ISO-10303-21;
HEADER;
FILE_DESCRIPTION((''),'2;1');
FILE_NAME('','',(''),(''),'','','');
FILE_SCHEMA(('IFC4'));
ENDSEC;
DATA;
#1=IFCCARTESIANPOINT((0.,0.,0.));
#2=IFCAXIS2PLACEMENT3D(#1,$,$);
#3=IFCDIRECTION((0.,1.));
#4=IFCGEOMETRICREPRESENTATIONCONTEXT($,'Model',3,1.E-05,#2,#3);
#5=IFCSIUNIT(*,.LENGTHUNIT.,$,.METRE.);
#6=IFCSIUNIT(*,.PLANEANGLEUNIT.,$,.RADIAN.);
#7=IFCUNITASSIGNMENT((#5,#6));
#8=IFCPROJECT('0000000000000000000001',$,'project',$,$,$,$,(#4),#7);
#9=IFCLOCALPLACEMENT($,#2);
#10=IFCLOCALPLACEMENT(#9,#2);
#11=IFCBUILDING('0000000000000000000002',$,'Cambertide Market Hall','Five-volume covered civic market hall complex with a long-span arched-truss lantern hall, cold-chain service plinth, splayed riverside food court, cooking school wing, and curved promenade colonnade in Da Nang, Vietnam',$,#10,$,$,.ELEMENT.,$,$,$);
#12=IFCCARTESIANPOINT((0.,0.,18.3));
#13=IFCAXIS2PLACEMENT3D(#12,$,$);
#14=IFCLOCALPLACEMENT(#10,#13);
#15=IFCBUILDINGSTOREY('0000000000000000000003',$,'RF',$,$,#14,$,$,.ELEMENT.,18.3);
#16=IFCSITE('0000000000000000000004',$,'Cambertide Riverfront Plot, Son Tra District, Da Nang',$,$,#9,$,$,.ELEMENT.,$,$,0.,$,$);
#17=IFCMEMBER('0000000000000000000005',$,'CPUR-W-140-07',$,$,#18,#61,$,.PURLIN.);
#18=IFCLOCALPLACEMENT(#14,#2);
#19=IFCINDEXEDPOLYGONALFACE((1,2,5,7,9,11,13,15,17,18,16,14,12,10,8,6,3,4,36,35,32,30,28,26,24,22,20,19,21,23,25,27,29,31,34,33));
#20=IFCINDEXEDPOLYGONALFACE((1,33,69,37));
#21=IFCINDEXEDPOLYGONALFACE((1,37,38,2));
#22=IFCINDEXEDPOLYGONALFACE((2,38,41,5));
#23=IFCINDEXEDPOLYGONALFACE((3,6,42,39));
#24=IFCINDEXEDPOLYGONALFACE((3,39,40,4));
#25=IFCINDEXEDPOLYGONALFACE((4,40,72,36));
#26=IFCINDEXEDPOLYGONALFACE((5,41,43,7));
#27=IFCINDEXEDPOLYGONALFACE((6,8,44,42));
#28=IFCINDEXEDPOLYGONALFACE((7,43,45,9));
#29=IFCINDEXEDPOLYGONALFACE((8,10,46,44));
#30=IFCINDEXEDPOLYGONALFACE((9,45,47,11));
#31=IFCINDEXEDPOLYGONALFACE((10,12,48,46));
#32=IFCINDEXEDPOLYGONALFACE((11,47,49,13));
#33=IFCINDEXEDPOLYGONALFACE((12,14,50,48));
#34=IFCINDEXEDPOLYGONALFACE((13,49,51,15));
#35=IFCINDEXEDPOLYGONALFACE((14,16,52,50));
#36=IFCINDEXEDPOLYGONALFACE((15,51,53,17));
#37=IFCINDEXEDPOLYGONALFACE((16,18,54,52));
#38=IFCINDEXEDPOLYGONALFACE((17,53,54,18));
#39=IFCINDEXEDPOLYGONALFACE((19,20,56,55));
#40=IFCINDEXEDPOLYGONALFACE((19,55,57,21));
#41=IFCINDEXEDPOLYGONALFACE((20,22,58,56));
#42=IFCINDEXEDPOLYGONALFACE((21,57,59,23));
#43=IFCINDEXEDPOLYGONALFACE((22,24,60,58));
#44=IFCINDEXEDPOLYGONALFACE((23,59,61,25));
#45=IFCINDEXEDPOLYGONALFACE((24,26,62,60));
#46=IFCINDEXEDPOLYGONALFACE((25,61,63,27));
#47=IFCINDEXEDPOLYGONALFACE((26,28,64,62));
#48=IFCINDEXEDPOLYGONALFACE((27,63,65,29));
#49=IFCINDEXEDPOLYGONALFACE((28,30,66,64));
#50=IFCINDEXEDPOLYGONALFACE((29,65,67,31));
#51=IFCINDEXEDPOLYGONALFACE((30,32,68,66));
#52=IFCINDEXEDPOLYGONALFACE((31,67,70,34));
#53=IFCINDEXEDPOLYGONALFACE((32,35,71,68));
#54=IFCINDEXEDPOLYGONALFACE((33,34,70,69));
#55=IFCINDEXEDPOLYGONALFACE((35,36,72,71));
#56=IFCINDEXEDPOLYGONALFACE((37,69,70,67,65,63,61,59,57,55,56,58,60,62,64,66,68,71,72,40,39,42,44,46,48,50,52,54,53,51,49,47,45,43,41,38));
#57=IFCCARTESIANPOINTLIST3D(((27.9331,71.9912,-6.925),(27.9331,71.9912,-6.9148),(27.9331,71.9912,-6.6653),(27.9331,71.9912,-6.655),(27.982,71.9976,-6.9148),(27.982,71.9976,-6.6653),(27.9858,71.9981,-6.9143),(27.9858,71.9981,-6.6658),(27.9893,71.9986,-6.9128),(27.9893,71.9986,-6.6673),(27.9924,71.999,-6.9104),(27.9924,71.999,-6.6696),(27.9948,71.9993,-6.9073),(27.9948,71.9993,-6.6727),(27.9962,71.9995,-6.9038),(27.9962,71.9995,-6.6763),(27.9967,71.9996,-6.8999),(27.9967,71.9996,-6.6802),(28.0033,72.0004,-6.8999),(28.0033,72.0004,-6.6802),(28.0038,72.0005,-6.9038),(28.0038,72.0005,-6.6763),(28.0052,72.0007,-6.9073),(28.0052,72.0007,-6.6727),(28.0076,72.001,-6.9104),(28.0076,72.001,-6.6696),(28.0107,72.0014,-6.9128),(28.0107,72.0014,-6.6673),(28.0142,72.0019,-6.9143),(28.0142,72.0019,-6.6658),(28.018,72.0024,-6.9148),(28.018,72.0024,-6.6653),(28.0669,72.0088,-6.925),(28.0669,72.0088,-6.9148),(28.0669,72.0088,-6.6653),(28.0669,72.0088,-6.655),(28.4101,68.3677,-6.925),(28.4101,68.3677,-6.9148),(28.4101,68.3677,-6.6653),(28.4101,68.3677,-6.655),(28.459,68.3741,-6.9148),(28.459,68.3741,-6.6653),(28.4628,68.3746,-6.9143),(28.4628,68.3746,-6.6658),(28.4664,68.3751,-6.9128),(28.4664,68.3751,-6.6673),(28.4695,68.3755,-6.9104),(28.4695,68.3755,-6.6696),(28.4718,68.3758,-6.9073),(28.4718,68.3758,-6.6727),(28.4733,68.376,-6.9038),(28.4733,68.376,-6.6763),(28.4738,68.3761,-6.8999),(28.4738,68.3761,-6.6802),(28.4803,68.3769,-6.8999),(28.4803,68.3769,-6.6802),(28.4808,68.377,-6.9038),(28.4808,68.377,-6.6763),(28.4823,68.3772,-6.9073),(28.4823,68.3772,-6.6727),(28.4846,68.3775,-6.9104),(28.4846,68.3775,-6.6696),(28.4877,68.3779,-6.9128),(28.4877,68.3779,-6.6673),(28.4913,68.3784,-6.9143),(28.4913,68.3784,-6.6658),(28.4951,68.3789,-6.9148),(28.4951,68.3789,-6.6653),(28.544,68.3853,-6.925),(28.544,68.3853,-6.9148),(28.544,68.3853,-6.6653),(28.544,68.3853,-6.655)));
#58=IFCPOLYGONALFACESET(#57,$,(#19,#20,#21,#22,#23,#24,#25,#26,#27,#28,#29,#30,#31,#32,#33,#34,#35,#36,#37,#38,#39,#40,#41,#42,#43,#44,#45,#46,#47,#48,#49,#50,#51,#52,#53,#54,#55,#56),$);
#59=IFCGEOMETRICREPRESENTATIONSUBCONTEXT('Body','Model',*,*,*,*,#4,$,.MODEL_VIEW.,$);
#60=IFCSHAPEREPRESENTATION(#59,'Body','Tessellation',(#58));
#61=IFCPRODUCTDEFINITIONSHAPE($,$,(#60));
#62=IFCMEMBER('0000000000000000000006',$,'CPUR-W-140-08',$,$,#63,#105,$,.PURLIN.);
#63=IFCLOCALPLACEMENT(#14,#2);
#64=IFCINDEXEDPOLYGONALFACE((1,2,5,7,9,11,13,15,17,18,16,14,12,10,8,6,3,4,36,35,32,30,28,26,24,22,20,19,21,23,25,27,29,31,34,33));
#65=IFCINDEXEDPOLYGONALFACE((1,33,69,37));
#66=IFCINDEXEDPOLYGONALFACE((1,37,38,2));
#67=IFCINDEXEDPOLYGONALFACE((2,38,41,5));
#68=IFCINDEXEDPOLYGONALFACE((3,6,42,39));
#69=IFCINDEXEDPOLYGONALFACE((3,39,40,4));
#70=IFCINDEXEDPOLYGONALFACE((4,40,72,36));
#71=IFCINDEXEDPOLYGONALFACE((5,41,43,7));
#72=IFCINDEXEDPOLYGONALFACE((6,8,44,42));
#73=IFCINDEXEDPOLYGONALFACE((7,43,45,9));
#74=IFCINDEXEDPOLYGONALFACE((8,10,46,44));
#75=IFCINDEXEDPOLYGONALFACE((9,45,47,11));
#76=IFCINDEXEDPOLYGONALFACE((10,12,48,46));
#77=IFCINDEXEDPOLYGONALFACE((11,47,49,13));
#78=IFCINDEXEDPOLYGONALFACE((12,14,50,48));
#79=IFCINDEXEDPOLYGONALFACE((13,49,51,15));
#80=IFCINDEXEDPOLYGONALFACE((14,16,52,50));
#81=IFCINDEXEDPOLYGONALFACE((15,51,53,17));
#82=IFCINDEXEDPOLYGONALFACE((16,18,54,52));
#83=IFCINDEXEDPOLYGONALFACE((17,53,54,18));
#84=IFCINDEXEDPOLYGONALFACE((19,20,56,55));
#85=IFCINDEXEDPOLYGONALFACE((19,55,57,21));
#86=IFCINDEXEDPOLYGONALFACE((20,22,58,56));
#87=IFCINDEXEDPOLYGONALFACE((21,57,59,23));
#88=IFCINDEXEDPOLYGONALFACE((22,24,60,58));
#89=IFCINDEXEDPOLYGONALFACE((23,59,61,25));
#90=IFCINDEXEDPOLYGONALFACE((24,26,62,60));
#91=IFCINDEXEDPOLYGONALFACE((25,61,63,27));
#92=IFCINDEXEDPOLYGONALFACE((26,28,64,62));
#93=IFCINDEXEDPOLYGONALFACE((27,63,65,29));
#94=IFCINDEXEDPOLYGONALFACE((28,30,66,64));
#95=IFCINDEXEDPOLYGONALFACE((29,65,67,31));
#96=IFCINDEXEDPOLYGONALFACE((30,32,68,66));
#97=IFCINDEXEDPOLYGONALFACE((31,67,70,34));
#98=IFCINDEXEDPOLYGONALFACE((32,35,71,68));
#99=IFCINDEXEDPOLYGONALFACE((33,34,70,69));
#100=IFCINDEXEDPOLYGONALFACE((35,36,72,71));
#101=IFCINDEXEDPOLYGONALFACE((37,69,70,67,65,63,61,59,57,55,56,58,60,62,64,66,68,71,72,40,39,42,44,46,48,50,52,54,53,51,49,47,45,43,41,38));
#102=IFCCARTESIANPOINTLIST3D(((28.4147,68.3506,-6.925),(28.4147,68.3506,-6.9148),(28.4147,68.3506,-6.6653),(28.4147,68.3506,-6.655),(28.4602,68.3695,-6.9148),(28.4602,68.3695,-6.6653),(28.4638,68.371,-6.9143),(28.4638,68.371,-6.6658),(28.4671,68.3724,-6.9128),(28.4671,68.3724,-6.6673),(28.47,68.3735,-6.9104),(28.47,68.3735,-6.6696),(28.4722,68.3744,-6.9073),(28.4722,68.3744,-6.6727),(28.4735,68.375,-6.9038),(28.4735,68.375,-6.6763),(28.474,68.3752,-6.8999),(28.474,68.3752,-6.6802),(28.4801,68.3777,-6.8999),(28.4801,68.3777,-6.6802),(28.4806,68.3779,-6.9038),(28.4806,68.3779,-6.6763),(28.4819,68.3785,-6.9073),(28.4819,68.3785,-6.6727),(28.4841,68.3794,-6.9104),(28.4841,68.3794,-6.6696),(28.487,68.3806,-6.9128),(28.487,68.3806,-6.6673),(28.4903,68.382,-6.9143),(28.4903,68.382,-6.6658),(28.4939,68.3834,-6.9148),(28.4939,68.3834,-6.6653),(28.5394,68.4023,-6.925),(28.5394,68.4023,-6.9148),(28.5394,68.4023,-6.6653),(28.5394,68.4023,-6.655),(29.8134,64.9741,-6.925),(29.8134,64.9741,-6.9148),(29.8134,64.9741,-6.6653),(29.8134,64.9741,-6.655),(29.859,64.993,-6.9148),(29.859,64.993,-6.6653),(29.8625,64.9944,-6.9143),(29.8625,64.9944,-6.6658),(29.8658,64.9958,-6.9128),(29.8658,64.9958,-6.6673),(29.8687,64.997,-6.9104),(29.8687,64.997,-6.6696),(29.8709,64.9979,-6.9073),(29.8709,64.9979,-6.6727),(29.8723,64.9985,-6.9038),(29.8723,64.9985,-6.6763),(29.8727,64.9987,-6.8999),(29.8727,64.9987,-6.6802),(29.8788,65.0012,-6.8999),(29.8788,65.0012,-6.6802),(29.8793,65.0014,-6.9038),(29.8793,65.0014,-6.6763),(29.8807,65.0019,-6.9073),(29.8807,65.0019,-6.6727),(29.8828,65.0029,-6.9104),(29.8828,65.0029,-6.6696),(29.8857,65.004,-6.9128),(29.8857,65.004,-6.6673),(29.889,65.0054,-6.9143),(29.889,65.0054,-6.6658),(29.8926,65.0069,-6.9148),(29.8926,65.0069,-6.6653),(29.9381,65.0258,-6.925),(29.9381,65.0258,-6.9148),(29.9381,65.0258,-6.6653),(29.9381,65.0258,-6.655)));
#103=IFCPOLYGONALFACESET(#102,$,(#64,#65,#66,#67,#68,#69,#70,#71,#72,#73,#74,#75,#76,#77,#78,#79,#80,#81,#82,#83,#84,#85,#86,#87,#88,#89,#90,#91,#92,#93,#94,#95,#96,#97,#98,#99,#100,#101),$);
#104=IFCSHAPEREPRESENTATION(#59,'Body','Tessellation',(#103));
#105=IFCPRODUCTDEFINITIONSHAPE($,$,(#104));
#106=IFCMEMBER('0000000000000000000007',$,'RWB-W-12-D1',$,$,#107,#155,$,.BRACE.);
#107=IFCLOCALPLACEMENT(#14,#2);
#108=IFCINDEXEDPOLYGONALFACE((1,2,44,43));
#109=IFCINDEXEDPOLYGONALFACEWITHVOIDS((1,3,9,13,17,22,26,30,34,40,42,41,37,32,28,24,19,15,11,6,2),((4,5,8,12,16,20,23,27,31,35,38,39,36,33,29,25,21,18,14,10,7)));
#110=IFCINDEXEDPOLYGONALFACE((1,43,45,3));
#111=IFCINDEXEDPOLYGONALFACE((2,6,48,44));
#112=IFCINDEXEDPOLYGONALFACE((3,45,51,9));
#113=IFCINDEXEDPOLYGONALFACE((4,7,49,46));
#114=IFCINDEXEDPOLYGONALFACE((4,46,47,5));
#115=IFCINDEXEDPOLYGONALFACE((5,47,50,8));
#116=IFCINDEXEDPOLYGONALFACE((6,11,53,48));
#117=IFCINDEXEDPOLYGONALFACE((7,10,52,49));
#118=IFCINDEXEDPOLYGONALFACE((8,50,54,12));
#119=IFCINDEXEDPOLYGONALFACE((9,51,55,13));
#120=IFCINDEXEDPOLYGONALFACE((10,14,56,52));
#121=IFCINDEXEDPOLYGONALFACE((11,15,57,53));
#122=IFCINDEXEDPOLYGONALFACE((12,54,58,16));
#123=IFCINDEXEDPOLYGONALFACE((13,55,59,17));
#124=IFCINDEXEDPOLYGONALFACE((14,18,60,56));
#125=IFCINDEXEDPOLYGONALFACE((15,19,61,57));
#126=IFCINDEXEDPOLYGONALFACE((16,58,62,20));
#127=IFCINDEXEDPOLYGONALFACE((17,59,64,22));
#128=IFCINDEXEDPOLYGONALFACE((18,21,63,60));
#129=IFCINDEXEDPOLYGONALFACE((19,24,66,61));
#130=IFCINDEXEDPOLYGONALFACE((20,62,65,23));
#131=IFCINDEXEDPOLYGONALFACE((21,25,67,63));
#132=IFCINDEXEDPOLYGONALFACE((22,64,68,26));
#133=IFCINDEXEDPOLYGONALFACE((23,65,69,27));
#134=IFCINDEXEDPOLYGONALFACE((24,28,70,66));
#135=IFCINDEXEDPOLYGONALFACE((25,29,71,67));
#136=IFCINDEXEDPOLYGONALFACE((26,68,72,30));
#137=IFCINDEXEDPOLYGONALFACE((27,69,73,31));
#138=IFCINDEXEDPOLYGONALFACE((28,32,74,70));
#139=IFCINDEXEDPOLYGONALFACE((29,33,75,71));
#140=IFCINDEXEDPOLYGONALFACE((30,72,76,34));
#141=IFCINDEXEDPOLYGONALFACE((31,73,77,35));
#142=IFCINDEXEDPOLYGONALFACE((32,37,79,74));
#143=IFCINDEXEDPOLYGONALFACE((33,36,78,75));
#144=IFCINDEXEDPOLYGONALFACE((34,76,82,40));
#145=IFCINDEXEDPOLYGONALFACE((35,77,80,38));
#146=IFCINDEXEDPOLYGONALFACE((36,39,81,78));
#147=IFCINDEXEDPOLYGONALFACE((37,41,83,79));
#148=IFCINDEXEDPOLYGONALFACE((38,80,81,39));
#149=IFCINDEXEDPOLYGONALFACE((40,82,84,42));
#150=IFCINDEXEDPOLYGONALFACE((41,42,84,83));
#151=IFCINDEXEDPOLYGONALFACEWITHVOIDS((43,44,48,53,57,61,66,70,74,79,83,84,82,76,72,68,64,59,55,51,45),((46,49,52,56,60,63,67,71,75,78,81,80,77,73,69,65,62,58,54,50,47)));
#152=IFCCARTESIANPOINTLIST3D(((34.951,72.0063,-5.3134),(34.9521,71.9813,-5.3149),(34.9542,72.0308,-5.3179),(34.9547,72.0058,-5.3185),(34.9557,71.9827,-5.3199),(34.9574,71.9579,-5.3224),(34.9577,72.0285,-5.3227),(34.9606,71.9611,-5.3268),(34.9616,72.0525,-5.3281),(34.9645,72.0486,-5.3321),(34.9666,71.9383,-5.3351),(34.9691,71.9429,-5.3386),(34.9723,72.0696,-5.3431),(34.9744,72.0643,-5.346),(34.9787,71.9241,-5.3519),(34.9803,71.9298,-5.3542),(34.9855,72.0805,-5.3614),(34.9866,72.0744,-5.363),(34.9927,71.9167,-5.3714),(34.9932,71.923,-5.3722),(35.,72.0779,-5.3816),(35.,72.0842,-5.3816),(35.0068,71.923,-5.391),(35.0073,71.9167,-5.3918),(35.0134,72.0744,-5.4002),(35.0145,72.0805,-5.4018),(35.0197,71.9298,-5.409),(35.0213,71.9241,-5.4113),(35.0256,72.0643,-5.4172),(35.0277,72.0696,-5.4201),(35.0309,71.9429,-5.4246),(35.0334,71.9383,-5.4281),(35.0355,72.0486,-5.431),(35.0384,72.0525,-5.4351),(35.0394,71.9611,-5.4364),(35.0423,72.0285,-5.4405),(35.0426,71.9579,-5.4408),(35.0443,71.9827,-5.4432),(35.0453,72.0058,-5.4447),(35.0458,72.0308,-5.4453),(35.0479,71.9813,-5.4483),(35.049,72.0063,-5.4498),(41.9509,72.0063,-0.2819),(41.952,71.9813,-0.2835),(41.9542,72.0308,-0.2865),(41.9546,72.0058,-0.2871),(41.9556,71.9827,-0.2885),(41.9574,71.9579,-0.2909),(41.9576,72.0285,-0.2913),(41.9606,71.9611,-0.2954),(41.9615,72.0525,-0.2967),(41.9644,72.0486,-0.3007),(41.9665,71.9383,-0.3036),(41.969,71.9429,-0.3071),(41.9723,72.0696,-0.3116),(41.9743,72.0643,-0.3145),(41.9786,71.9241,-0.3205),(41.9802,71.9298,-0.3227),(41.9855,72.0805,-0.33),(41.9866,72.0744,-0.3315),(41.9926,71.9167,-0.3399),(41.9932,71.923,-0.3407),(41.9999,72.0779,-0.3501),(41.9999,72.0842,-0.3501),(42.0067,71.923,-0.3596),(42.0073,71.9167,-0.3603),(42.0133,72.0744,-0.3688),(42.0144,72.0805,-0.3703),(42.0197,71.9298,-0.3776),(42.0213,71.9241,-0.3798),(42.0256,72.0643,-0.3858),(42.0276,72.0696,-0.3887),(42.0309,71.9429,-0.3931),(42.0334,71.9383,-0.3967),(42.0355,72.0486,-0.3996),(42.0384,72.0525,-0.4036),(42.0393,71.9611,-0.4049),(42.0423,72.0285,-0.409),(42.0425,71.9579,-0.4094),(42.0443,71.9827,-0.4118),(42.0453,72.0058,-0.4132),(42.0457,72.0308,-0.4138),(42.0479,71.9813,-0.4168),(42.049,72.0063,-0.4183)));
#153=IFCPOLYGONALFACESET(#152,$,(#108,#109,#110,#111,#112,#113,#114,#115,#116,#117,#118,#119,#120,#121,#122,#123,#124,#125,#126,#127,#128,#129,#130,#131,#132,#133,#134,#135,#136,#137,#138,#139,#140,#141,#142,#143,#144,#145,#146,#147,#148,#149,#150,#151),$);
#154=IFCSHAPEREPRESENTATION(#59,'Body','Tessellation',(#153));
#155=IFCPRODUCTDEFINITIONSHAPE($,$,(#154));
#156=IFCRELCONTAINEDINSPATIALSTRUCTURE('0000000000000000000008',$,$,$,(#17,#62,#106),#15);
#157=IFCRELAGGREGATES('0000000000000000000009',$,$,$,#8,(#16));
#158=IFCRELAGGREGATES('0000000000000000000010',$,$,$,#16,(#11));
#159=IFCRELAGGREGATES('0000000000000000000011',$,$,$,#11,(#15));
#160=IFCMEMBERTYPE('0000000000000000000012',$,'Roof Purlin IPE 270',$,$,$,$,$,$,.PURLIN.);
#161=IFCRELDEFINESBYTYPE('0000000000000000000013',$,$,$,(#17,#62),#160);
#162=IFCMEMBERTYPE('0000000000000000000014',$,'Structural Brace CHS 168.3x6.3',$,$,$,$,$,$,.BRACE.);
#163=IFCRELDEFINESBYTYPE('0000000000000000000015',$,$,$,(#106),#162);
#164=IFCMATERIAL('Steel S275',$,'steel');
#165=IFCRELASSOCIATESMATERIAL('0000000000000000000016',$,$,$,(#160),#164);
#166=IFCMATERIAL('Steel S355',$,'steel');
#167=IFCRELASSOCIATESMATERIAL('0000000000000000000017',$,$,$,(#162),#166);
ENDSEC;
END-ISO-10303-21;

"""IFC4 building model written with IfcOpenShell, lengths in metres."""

from ifc_helpers import new_model, si_unit, direction, frame, origin, origin_2d, place, context, subcontext, project, spatial, hollow_circle, i_section, extrude, material, material_profile, profile_set, type_object, element, save


model = new_model("IFC4")

# Units and contexts
model_context = context("Model", 3, precision=1e-05, world=origin(), true_north=direction((0.0, 1.0)))
body_context = subcontext(model_context, "Body", "Model", "MODEL_VIEW")
ifc_project = project(units=[si_unit("LENGTHUNIT", "METRE"), si_unit("PLANEANGLEUNIT", "RADIAN")], contexts=[model_context])

# Site, building, storey
site_placement = place(None, origin())
site = spatial("IfcSite", under=ifc_project, at=site_placement, Name="Cambertide Riverfront Plot, Son Tra District, Da Nang", CompositionType="ELEMENT", RefElevation=0.0)
building_placement = place(site_placement, origin())
building = spatial("IfcBuilding", under=site, at=building_placement, Name="Cambertide Market Hall", Description="Five-volume covered civic market hall complex with a long-span arched-truss lantern hall, cold-chain service plinth, splayed riverside food court, cooking school wing, and curved promenade colonnade in Da Nang, Vietnam", CompositionType="ELEMENT")
storey_placement = place(building_placement, frame((0.0, 0.0, 18.3)))
storey = spatial("IfcBuildingStorey", under=building, at=storey_placement, Name="RF", CompositionType="ELEMENT", Elevation=18.3)

# Members
ifc_material_1 = material(Name="Steel S275", Category="steel")
ifc_material_profile_1 = material_profile(ifc_material_1, i_section(OverallWidth=0.135, OverallDepth=0.27, WebThickness=0.0066, FlangeThickness=0.0103, FilletRadius=0.0149, at=origin_2d()), Name="IPE 270")
ifc_profile_set_1 = profile_set([ifc_material_profile_1], Name="Steel S275")
member_type_1 = type_object("IfcMemberType", Name="Roof Purlin IPE 270", PredefinedType="PURLIN", material=ifc_profile_set_1)
for number, where, z_axis, x_axis, name in (
    (1, (28.0, 72.0, -6.79), (0.130527, -0.991445, 0.0), (0.991445, 0.130527, 0.0), "CPUR-W-140-07"),
    (2, (28.4771, 68.3765, -6.79), (0.382708, -0.923869, 0.0), (0.923869, 0.382708, 0.0), "CPUR-W-140-08"),
):
    element("IfcMember", number, at=place(storey_placement, frame(where, z_axis=z_axis, x_axis=x_axis)), inside=storey, type_object=member_type_1, Name=name, PredefinedType="PURLIN", context=body_context, shape_type="SweptSolid", body=[
        extrude(i_section(OverallWidth=0.135, OverallDepth=0.27, WebThickness=0.0066, FlangeThickness=0.0103, FilletRadius=0.0149, at=origin_2d()), origin(), (0.0, 0.0, 1.0), 3.6548),
    ])
ifc_material_2 = material(Name="Steel S355", Category="steel")
ifc_material_profile_2 = material_profile(ifc_material_2, hollow_circle(Radius=0.0842, WallThickness=0.0063, at=origin_2d()), Name="CHS 168.3x6.3")
ifc_profile_set_2 = profile_set([ifc_material_profile_2], Name="Steel S355")
member_type_2 = type_object("IfcMemberType", Name="Structural Brace CHS 168.3x6.3", PredefinedType="BRACE", material=ifc_profile_set_2)
member_1_placement = place(storey_placement, frame((35.0, 72.0, -5.3816), z_axis=(0.812002, 0.0, 0.583655), x_axis=(0.0, 1.0, 0.0)))
element("IfcMember", 3, at=member_1_placement, inside=storey, type_object=member_type_2, Name="RWB-W-12-D1", PredefinedType="BRACE", context=body_context, shape_type="SweptSolid", body=[
    extrude(hollow_circle(Radius=0.0842, WallThickness=0.0063, at=origin_2d()), origin(), (0.0, 0.0, 1.0), 8.6206),
])

save(model, "model.ifc")
